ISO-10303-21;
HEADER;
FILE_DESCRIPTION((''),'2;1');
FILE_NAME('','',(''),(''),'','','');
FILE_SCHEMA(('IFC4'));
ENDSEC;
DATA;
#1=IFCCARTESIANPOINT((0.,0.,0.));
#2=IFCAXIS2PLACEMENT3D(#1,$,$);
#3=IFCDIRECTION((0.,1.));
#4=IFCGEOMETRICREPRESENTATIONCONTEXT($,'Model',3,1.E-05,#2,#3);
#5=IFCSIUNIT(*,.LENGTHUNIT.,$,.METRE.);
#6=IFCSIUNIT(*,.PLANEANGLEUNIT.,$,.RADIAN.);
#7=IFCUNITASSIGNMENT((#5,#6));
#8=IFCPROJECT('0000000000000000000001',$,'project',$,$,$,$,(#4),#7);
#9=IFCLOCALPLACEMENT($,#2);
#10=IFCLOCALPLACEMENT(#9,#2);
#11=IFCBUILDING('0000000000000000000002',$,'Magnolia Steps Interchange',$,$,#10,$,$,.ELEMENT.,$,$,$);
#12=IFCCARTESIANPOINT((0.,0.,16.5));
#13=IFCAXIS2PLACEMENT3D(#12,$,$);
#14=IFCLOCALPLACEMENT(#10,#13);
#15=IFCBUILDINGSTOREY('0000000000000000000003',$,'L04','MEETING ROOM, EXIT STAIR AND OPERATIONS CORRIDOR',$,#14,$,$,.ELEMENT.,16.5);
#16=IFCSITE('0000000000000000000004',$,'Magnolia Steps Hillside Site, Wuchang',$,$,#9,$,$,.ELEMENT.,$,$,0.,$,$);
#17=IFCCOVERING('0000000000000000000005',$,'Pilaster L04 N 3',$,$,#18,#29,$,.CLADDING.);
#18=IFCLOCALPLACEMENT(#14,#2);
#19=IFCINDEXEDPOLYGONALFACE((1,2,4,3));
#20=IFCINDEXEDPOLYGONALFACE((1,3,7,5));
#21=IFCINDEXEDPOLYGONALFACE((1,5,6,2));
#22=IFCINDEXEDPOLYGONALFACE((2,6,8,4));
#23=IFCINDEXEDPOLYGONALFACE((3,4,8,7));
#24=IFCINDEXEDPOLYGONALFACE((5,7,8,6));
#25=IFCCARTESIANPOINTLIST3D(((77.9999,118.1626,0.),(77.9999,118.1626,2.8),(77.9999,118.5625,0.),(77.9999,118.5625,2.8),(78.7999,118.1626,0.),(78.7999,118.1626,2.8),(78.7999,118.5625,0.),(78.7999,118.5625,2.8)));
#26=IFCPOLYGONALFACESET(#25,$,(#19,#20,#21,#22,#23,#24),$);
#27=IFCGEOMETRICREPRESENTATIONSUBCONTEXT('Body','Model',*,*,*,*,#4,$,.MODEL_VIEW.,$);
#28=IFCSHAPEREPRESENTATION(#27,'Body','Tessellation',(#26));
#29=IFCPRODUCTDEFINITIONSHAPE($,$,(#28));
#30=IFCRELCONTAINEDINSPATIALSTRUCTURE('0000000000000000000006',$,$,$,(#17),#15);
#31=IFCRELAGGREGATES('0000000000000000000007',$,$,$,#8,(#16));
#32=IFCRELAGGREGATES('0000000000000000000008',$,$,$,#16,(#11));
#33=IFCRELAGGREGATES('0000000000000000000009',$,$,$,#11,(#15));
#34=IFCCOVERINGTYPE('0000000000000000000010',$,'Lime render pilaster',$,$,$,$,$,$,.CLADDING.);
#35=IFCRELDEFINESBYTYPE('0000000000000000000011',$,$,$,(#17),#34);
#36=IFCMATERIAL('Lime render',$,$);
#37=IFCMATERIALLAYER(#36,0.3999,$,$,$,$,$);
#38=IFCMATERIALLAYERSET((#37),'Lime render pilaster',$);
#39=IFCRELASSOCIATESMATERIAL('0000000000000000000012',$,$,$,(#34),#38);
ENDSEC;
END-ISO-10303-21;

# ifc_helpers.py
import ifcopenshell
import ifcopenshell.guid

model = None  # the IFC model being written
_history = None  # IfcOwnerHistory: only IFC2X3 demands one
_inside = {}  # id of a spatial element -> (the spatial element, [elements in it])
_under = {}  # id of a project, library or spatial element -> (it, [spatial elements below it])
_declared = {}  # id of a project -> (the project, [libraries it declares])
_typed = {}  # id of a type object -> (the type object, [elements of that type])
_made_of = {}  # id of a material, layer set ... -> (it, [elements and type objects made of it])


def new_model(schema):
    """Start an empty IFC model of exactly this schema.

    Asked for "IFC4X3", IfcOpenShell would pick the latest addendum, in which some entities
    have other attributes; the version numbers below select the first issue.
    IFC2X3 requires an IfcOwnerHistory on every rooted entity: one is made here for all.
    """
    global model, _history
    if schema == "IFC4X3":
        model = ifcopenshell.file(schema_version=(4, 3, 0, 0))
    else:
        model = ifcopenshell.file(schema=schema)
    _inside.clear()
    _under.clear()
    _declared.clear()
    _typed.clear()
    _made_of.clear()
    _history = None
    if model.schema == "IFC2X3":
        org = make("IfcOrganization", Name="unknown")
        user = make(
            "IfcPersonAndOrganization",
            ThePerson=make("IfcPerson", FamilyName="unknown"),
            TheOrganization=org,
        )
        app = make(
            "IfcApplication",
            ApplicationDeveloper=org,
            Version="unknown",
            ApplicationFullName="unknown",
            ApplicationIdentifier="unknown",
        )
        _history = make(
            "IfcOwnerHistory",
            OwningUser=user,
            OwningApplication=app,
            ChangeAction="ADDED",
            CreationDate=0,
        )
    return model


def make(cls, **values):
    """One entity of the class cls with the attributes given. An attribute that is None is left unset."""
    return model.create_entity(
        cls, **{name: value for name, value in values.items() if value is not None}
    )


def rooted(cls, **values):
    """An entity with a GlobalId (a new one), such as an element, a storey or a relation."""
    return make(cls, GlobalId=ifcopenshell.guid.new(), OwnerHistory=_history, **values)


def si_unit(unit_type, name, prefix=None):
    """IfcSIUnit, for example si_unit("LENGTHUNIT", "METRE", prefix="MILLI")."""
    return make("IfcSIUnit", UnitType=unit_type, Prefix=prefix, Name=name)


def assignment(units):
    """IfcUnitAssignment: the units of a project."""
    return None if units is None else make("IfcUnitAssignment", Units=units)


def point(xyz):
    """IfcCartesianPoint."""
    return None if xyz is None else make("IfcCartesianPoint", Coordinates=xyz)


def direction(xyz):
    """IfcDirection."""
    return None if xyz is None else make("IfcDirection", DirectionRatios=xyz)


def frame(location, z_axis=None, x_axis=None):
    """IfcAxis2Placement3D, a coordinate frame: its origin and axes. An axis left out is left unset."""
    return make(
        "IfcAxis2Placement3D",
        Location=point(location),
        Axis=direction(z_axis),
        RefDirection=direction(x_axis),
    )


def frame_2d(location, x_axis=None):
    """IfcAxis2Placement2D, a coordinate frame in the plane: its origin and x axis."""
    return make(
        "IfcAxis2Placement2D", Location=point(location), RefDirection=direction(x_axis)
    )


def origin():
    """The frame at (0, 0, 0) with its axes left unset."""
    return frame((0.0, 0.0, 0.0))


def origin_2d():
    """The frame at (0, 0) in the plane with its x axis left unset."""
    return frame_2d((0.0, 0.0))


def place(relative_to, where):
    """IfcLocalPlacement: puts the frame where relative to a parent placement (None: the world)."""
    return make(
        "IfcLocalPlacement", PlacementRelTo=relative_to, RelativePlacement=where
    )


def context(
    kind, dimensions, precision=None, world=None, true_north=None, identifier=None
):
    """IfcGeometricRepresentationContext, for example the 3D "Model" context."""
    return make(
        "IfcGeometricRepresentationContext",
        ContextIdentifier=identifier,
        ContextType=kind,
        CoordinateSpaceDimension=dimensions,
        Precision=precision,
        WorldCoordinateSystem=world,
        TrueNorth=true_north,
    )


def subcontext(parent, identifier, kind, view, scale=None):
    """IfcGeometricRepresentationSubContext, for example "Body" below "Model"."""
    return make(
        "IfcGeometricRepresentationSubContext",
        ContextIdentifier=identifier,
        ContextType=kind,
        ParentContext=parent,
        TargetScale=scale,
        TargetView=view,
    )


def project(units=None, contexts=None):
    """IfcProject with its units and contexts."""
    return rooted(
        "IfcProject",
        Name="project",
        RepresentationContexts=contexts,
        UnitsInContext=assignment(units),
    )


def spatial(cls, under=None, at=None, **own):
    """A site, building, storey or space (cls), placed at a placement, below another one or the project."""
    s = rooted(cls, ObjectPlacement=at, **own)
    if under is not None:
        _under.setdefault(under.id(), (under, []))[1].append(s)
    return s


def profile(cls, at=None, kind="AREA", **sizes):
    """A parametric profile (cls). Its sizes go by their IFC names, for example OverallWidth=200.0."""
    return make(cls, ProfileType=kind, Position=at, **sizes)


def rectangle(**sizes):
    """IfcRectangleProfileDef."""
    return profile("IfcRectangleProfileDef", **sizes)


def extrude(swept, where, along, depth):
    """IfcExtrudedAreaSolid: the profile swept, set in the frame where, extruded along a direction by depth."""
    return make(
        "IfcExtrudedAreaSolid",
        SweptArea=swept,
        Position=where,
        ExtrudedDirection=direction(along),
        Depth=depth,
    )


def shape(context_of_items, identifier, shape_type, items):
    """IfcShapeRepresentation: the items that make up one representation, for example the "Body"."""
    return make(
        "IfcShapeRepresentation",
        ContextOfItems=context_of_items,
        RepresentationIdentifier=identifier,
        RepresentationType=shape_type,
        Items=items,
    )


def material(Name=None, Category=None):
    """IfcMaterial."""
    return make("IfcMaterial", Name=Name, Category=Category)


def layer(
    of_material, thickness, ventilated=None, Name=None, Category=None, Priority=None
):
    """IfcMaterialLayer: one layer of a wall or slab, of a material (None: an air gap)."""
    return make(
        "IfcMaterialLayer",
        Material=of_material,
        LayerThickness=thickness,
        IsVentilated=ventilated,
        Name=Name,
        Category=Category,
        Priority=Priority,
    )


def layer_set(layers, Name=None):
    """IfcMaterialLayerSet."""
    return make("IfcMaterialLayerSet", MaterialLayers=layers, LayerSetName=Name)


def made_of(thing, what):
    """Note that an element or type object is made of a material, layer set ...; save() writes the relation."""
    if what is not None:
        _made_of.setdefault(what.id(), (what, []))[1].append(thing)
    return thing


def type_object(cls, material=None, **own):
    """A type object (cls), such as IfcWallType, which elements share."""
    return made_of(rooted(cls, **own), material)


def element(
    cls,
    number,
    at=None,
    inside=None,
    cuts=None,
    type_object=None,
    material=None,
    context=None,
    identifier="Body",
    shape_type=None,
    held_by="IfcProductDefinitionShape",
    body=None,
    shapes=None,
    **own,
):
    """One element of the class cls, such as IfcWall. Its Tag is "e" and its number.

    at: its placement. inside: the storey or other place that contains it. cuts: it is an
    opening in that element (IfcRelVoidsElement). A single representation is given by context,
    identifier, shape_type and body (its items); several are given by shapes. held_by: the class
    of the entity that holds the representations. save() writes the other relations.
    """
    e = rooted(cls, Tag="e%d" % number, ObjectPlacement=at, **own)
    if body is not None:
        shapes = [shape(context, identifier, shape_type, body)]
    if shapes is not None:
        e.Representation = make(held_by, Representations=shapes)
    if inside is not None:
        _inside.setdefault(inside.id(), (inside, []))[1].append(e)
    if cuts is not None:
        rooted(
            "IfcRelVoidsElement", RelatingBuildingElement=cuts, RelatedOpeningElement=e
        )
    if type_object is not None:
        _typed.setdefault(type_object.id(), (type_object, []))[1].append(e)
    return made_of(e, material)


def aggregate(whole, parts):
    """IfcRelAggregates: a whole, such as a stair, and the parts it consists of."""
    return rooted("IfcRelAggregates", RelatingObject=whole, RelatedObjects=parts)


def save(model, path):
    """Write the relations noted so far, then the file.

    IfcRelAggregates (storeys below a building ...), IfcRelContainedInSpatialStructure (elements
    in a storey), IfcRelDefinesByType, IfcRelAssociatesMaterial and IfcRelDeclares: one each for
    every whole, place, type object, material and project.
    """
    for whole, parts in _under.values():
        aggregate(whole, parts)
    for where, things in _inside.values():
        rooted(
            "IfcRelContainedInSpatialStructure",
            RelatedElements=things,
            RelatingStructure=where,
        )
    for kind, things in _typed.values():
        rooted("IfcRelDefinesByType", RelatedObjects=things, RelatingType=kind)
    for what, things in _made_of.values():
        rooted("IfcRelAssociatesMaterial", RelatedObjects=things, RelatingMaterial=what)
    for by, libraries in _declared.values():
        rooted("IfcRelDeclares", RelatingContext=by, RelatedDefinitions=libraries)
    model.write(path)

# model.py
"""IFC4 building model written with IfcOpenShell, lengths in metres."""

from ifc_helpers import new_model, si_unit, direction, frame, origin, origin_2d, place, context, subcontext, project, spatial, rectangle, extrude, material, layer, layer_set, type_object, element, save


model = new_model("IFC4")

# Units and contexts
model_context = context("Model", 3, precision=1e-05, world=origin(), true_north=direction((0.0, 1.0)))
body_context = subcontext(model_context, "Body", "Model", "MODEL_VIEW")
ifc_project = project(units=[si_unit("LENGTHUNIT", "METRE"), si_unit("PLANEANGLEUNIT", "RADIAN")], contexts=[model_context])

# Site, building, storey
site_placement = place(None, origin())
site = spatial("IfcSite", under=ifc_project, at=site_placement, Name="Magnolia Steps Hillside Site, Wuchang", CompositionType="ELEMENT", RefElevation=0.0)
building_placement = place(site_placement, origin())
building = spatial("IfcBuilding", under=site, at=building_placement, Name="Magnolia Steps Interchange", CompositionType="ELEMENT")
storey_placement = place(building_placement, frame((0.0, 0.0, 16.5)))
storey = spatial("IfcBuildingStorey", under=building, at=storey_placement, Name="L04", Description="MEETING ROOM, EXIT STAIR AND OPERATIONS CORRIDOR", CompositionType="ELEMENT", Elevation=16.5)

# Covering
ifc_material_1 = material(Name="Lime render")
ifc_layer_1 = layer(ifc_material_1, 0.3999)
ifc_layer_set_1 = layer_set([ifc_layer_1], Name="Lime render pilaster")
covering_type_1 = type_object("IfcCoveringType", Name="Lime render pilaster", PredefinedType="CLADDING", material=ifc_layer_set_1)
for number, where, z_axis, x_axis, name in (
    (1, (78.3999, 118.3625, 0.0), (0.0, 0.0, 1.0), (1.0, 0.0, 0.0), "Pilaster L04 N 3"),
):
    element("IfcCovering", number, at=place(storey_placement, frame(where, z_axis=z_axis, x_axis=x_axis)), inside=storey, type_object=covering_type_1, Name=name, PredefinedType="CLADDING", context=body_context, shape_type="SweptSolid", body=[
        extrude(rectangle(XDim=0.8, YDim=0.3999, at=origin_2d()), origin(), (0.0, 0.0, 1.0), 2.8),
    ])

save(model, "model.ifc")
